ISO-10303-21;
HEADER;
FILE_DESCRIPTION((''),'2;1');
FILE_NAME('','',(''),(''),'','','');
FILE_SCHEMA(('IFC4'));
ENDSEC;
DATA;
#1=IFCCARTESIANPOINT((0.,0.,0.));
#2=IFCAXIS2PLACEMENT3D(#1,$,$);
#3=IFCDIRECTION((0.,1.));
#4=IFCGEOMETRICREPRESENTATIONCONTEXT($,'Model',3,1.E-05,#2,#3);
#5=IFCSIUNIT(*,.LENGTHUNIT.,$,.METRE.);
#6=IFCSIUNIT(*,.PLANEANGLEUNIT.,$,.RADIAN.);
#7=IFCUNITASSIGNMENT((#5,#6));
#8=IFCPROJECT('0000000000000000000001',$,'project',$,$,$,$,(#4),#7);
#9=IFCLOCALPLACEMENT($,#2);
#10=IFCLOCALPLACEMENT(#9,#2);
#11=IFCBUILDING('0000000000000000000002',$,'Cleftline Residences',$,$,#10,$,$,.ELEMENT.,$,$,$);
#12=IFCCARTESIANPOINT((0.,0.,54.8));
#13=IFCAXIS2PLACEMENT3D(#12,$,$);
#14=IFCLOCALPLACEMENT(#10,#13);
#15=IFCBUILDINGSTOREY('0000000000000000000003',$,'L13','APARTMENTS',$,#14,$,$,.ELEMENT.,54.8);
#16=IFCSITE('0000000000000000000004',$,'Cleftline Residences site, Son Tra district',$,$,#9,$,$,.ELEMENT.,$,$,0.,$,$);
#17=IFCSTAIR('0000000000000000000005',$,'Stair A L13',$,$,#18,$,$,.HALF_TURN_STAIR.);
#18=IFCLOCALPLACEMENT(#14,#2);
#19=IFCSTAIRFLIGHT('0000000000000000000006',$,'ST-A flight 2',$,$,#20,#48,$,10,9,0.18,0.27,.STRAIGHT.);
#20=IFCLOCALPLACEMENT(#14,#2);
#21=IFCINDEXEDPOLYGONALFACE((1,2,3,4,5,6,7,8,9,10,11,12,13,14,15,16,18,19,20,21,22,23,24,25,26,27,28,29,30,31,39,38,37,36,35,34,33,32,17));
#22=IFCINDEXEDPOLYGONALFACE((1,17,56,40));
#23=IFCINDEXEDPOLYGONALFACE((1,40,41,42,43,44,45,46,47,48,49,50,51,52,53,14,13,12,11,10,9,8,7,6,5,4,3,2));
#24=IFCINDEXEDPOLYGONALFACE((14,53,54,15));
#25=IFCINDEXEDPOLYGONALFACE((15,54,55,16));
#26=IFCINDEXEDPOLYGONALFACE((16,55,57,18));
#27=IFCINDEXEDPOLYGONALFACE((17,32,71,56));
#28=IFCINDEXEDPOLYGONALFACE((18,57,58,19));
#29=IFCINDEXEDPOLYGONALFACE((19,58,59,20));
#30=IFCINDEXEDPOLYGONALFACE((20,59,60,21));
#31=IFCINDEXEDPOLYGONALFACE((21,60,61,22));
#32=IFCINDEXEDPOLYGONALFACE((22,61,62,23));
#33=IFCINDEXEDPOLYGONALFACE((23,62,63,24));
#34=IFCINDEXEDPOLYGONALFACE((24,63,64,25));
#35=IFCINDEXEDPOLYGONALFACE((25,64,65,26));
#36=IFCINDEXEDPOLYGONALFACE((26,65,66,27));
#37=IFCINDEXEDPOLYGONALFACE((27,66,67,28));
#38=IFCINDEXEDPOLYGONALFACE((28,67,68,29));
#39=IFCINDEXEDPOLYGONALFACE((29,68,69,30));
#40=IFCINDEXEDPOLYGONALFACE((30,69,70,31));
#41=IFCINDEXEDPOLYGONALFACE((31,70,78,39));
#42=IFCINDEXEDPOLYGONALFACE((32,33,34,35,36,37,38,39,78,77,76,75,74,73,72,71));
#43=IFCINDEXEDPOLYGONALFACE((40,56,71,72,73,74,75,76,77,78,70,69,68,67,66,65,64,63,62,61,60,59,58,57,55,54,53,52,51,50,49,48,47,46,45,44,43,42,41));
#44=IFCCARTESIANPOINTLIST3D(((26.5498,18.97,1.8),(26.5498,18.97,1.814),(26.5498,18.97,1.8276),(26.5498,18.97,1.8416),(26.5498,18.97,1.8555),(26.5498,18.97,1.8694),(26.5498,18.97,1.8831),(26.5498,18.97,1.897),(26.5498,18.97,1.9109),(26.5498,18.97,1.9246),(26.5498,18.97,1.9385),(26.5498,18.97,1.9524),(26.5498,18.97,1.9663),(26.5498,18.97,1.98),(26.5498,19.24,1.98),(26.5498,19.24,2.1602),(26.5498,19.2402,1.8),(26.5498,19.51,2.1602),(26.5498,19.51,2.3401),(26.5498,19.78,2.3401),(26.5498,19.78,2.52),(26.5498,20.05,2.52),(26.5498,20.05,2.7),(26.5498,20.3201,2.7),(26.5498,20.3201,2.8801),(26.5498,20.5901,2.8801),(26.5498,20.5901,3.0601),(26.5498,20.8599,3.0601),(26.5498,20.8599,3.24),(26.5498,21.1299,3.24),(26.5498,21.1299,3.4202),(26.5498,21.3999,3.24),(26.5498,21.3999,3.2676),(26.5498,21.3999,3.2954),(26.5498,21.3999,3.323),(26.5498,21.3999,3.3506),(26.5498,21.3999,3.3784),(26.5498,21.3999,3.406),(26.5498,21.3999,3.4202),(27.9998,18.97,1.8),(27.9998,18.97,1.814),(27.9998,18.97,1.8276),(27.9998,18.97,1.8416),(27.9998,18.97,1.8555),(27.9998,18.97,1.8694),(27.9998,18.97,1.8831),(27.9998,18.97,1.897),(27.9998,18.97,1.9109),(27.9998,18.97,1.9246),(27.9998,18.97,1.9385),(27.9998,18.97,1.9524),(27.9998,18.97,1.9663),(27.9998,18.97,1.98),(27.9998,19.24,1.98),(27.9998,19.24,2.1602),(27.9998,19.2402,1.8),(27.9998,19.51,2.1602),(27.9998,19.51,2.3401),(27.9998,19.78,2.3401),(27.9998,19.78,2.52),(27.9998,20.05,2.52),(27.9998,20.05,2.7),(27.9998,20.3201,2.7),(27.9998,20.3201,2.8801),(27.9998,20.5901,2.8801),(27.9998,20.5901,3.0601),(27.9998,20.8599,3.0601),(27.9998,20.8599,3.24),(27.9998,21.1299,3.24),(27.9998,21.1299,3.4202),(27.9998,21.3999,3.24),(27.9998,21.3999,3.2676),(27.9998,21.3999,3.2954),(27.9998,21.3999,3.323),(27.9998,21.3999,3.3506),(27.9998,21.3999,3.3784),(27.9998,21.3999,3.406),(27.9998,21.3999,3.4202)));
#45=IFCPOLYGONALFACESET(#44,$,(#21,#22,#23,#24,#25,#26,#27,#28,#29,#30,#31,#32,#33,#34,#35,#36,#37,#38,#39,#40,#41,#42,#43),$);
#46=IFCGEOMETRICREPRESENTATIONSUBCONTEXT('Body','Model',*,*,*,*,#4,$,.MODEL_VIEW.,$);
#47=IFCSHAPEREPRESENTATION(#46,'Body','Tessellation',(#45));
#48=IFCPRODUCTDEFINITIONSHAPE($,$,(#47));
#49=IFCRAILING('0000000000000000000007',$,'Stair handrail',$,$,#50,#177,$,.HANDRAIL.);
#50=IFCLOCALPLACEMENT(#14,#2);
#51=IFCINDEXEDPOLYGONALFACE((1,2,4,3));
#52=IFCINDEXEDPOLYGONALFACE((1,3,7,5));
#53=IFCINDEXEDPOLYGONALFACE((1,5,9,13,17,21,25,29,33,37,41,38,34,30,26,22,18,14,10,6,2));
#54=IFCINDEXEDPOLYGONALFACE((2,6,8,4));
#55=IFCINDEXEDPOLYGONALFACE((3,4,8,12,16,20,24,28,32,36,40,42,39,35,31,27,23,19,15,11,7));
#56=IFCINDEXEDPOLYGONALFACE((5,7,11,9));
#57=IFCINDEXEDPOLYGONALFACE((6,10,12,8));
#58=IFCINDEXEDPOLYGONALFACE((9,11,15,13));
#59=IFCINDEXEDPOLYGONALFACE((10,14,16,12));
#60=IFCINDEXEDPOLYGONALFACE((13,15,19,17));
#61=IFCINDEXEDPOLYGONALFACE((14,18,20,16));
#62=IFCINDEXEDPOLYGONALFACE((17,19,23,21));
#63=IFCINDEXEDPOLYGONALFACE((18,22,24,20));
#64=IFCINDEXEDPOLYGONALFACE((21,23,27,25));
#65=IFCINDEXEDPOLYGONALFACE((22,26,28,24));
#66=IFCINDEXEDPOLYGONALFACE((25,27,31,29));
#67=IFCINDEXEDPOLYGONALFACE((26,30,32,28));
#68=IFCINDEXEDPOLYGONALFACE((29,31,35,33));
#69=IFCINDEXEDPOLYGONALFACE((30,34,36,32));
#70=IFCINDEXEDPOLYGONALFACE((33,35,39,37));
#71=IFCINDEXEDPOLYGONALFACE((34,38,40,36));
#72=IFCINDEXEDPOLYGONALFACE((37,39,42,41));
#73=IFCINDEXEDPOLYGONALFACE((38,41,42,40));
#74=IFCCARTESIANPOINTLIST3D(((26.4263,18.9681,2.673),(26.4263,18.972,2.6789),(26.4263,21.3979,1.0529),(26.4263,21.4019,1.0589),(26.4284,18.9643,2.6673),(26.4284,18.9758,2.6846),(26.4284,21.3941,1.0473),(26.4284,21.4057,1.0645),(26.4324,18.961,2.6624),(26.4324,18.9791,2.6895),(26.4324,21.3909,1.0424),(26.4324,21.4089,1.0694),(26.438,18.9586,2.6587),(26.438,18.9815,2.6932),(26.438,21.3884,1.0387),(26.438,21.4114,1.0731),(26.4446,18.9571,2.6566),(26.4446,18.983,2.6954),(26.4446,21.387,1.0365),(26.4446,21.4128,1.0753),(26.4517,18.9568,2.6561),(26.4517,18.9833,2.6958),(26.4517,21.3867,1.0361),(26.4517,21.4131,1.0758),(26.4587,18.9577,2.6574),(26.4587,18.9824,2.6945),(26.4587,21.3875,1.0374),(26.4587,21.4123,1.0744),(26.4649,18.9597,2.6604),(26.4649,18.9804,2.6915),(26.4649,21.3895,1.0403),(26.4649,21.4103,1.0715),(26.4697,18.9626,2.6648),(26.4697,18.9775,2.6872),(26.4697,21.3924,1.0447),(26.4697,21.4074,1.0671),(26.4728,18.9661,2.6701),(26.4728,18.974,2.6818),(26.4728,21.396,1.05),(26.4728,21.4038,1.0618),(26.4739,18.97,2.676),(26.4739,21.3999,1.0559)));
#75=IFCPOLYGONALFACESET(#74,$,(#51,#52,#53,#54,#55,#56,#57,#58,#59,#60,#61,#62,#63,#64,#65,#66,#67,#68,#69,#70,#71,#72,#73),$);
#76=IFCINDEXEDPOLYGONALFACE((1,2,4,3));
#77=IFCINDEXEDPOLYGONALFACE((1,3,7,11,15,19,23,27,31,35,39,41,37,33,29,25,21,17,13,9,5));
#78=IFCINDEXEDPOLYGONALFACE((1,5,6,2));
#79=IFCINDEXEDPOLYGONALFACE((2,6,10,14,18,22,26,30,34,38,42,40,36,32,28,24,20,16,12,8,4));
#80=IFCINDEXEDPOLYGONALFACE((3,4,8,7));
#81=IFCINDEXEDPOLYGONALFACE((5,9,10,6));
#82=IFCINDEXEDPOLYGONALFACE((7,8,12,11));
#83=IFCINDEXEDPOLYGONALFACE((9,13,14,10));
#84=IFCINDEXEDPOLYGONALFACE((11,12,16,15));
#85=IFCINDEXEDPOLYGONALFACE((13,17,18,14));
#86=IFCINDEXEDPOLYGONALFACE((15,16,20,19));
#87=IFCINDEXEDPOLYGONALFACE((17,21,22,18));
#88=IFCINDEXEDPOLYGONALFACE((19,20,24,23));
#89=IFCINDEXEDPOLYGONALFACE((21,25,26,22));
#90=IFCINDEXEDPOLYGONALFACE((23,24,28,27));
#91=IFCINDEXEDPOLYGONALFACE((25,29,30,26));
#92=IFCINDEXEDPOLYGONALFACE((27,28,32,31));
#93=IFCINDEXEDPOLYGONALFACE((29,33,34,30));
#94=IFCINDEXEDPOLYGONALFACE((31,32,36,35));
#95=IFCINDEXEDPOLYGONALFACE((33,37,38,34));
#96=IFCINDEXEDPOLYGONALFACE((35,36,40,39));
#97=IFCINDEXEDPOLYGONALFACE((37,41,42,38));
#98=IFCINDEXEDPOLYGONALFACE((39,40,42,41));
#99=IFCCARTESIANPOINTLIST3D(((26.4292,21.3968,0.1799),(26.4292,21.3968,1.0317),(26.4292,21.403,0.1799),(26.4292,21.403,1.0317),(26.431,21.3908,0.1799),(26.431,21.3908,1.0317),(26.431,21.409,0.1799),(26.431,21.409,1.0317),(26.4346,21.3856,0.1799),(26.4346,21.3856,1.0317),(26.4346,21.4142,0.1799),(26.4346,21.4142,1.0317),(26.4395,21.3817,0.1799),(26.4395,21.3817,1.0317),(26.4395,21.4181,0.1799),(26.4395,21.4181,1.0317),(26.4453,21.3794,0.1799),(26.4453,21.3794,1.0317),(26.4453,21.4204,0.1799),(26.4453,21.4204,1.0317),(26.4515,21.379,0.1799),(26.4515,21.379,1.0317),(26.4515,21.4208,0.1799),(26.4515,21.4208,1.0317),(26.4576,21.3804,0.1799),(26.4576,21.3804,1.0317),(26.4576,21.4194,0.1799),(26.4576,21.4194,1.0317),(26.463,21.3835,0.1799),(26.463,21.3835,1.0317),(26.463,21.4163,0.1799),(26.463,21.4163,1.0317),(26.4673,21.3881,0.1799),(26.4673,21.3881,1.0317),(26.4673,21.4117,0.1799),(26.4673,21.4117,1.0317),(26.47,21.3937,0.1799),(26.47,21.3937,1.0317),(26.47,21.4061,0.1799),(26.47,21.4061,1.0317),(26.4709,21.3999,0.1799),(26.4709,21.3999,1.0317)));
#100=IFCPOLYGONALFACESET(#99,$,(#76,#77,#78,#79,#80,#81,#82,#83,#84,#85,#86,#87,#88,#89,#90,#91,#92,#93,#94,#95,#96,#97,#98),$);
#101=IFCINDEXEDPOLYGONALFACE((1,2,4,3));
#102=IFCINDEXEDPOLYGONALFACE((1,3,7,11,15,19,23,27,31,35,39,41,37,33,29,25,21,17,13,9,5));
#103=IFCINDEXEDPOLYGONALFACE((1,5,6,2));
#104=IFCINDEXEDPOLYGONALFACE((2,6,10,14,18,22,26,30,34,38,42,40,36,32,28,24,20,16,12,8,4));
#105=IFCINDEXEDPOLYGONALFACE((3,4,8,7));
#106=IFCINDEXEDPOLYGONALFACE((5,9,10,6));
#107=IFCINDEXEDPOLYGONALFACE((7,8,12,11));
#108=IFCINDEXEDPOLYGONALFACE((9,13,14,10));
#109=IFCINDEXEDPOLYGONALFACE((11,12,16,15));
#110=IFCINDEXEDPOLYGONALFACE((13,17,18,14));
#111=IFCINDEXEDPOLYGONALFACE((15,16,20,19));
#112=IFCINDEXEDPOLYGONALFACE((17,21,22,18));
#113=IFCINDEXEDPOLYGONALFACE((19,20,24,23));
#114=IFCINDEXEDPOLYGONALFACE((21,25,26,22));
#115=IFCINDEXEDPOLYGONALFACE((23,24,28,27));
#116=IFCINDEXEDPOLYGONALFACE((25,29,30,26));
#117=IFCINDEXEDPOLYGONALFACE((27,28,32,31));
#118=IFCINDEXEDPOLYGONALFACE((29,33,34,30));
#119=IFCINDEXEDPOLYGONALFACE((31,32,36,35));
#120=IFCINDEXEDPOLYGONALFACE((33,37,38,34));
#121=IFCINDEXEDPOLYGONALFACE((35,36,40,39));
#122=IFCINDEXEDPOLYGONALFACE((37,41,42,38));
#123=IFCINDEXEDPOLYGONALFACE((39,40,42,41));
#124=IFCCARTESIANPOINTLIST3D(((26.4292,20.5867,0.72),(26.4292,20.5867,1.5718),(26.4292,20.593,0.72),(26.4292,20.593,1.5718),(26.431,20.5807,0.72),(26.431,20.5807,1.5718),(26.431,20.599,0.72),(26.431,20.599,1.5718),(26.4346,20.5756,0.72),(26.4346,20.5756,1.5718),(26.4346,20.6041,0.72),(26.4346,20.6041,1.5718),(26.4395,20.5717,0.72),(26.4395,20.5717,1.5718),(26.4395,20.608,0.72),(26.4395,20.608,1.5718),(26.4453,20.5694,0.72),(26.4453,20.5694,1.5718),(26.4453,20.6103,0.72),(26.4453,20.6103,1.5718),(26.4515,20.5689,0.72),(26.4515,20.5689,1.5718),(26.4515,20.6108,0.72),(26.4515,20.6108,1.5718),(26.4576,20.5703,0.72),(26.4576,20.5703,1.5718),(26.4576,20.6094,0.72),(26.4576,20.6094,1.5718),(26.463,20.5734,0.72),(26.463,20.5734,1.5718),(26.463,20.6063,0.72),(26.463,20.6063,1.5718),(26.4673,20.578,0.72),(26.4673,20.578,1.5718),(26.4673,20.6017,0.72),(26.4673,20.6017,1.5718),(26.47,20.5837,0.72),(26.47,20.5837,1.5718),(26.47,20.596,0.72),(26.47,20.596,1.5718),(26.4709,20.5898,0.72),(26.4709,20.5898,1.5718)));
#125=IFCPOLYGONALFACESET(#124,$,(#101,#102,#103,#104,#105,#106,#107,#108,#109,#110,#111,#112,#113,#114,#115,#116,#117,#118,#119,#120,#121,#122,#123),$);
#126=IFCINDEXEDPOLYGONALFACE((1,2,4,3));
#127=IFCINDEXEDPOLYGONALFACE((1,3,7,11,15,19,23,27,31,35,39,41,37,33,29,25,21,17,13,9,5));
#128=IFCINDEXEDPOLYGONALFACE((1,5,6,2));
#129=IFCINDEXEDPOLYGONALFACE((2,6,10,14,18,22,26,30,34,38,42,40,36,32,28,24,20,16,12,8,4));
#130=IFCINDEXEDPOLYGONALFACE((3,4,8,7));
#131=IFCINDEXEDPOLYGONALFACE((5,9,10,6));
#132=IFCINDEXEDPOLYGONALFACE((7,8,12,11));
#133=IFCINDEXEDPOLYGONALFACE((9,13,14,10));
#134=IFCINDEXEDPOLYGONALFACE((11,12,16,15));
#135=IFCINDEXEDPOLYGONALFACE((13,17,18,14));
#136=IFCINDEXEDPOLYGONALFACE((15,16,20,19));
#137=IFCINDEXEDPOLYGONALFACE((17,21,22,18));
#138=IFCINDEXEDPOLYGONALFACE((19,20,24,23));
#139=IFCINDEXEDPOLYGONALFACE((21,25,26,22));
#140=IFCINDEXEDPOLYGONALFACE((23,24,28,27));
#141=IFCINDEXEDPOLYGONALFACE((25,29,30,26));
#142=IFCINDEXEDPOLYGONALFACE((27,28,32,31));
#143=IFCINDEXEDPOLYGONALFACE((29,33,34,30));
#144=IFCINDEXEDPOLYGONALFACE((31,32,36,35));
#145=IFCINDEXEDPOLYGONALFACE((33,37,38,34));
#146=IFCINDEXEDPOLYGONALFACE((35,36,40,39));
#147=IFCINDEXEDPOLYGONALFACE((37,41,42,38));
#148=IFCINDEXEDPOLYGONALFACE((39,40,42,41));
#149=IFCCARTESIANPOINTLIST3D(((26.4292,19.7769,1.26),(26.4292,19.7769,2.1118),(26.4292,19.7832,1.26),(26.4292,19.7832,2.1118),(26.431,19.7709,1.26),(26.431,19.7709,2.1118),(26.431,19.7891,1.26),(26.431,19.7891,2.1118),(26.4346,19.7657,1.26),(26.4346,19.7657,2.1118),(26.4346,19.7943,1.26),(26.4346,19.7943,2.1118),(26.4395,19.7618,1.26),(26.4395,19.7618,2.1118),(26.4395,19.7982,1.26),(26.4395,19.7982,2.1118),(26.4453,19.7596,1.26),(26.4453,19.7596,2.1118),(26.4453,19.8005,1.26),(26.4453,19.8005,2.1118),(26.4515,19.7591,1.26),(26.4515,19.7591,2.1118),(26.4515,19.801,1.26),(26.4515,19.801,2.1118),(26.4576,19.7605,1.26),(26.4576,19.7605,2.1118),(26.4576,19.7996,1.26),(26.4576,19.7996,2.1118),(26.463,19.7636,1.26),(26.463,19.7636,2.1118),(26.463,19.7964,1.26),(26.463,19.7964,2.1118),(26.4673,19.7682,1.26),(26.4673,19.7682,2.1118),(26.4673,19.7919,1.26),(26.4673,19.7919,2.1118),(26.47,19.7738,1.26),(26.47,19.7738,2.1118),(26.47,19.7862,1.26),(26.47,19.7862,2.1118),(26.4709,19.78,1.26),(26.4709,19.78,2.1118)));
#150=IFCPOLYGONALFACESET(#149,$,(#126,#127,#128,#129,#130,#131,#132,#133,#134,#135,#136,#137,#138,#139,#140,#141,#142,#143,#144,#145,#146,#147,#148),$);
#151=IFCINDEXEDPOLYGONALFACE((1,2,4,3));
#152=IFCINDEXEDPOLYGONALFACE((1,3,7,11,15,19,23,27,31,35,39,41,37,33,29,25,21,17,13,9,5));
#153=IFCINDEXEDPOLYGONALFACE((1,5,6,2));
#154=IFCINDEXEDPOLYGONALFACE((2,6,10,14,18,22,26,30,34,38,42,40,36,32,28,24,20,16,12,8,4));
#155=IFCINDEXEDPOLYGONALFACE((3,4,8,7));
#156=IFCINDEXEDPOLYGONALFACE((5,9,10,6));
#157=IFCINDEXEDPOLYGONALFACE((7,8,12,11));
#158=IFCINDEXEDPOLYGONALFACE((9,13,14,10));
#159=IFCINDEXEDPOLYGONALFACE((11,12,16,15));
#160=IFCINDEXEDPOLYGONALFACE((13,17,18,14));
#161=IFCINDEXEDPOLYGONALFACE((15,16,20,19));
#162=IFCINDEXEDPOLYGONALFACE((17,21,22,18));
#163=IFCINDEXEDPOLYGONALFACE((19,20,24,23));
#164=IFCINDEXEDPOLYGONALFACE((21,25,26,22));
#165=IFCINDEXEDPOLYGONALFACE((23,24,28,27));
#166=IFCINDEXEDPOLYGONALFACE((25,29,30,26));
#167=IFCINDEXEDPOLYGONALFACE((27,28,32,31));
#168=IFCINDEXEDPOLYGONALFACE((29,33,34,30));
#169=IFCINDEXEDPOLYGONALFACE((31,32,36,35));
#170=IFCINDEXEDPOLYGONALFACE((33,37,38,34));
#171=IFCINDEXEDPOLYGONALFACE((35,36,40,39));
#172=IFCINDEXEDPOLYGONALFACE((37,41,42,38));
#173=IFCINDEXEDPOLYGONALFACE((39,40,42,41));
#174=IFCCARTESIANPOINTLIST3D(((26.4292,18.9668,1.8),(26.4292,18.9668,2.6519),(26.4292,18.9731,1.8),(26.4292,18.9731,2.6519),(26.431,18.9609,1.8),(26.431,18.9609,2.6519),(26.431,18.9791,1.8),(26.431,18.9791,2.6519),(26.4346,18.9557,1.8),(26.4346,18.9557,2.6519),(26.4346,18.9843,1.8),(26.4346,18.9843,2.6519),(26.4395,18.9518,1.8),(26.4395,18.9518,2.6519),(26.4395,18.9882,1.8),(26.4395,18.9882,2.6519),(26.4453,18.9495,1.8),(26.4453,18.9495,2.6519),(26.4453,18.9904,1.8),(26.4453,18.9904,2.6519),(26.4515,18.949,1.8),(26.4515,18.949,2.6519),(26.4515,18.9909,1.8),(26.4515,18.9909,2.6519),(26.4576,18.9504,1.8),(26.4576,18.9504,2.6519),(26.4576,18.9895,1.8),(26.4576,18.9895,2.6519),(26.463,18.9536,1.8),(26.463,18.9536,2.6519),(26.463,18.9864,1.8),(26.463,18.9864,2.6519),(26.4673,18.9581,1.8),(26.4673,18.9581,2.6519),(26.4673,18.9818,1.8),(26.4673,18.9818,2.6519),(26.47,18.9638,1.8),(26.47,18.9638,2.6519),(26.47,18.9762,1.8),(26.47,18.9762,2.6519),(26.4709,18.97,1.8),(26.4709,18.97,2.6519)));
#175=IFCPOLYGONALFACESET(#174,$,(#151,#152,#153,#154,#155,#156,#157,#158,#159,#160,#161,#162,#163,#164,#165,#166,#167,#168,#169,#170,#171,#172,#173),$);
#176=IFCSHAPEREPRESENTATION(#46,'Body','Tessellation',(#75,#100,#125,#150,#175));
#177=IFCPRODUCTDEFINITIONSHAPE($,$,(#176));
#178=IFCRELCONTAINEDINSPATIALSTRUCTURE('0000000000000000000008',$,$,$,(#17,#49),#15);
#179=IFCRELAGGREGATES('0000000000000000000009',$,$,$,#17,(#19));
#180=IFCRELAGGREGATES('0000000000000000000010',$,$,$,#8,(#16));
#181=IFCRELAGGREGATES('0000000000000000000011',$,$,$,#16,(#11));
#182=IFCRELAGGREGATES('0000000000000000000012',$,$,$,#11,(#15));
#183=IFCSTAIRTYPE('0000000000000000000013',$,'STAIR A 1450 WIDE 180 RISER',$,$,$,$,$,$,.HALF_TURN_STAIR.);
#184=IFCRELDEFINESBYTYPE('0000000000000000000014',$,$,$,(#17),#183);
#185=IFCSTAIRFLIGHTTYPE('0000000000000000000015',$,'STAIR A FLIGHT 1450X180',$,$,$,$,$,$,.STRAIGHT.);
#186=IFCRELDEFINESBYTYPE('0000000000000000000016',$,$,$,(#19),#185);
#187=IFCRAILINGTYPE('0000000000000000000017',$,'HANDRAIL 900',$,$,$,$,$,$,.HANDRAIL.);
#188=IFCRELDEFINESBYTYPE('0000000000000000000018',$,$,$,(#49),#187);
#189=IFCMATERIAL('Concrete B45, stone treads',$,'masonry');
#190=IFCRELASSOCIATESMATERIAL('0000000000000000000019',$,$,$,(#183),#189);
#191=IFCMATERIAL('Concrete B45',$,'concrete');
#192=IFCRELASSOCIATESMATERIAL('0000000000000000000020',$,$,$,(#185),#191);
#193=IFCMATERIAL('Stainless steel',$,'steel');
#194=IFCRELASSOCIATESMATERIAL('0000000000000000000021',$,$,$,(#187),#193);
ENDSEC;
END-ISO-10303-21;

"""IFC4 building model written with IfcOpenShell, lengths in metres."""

from ifc_helpers import new_model, si_unit, direction, frame, origin, origin_2d, place, context, subcontext, project, spatial, polyline, circle, outline, extrude, material, type_object, element, aggregate, save


model = new_model("IFC4")

# Units and contexts
model_context = context("Model", 3, precision=1e-05, world=origin(), true_north=direction((0.0, 1.0)))
body_context = subcontext(model_context, "Body", "Model", "MODEL_VIEW")
ifc_project = project(units=[si_unit("LENGTHUNIT", "METRE"), si_unit("PLANEANGLEUNIT", "RADIAN")], contexts=[model_context])

# Site, building, storey
site_placement = place(None, origin())
site = spatial("IfcSite", under=ifc_project, at=site_placement, Name="Cleftline Residences site, Son Tra district", CompositionType="ELEMENT", RefElevation=0.0)
building_placement = place(site_placement, origin())
building = spatial("IfcBuilding", under=site, at=building_placement, Name="Cleftline Residences", CompositionType="ELEMENT")
storey_placement = place(building_placement, frame((0.0, 0.0, 54.8)))
storey = spatial("IfcBuildingStorey", under=building, at=storey_placement, Name="L13", Description="APARTMENTS", CompositionType="ELEMENT", Elevation=54.8)

# Stair, stair flight
ifc_material_1 = material(Name="Concrete B45, stone treads", Category="masonry")
stair_type = type_object("IfcStairType", Name="STAIR A 1450 WIDE 180 RISER", PredefinedType="HALF_TURN_STAIR", material=ifc_material_1)
stair_placement = place(storey_placement, origin())
stair = element("IfcStair", 1, at=stair_placement, inside=storey, type_object=stair_type, Name="Stair A L13", PredefinedType="HALF_TURN_STAIR")
ifc_material_2 = material(Name="Concrete B45", Category="concrete")
stair_flight_type = type_object("IfcStairFlightType", Name="STAIR A FLIGHT 1450X180", PredefinedType="STRAIGHT", material=ifc_material_2)
stair_flight_1_placement = place(storey_placement, frame((27.2749, 18.97, 1.8), z_axis=(0.0, 0.0, 1.0), x_axis=(0.0, 1.0, 0.0)))
stair_flight_1 = element("IfcStairFlight", 2, at=stair_flight_1_placement, type_object=stair_flight_type, Name="ST-A flight 2", NumberOfRisers=10, NumberOfTreads=9, PredefinedType="STRAIGHT", RiserHeight=0.18, TreadLength=0.27, context=body_context, shape_type="SweptSolid", body=[
    extrude(outline(polyline([(0.0, 0.0), (0.0, 0.0139), (0.0, 0.0276), (0.0, 0.0415), (0.0, 0.0554), (0.0, 0.0693), (0.0, 0.083), (0.0, 0.0969), (0.0, 0.1108), (0.0, 0.1245), (0.0, 0.1384), (0.0, 0.1523), (0.0, 0.1663), (0.0, 0.1799), (0.27, 0.1799), (0.27, 0.3601), (0.54, 0.3601), (0.54, 0.54), (0.8101, 0.54), (0.8101, 0.72), (1.0801, 0.72), (1.0801, 0.8999), (1.3501, 0.8999), (1.3501, 1.0801), (1.6201, 1.0801), (1.6201, 1.26), (1.8899, 1.26), (1.8899, 1.4399), (2.1599, 1.4399), (2.1599, 1.6201), (2.4299, 1.6201), (2.4299, 1.8), (2.4299, 1.7722), (2.4299, 1.7446), (2.4299, 1.7168), (2.4299, 1.6892), (2.4299, 1.6614), (2.4299, 1.6338), (2.4299, 1.606), (2.4299, 1.5784), (2.4299, 1.5505), (2.4299, 1.5229), (2.4299, 1.4954), (2.4299, 1.4675), (2.4299, 1.4399), (0.2703, 0.0), (0.0, 0.0)])), frame((0.0, 0.7251, 0.0), z_axis=(0.0, -1.0, 0.0), x_axis=(1.0, 0.0, 0.0)), (0.0, 0.0, 1.0), 1.45),
])
aggregate(stair, [stair_flight_1])

# Railing
ifc_material_3 = material(Name="Stainless steel", Category="steel")
railing_type = type_object("IfcRailingType", Name="HANDRAIL 900", PredefinedType="HANDRAIL", material=ifc_material_3)
railing_1_placement = place(storey_placement, frame((26.45, 21.3999, 0.1799)))
element("IfcRailing", 3, at=railing_1_placement, inside=storey, type_object=railing_type, Name="Stair handrail", PredefinedType="HANDRAIL", context=body_context, shape_type="SweptSolid", body=[
    extrude(circle(Radius=0.0239, at=origin_2d()), frame((0.0, 0.0, 0.876), z_axis=(0.0, -0.832025, 0.554739), x_axis=(1.0, 0.0, 0.0)), (0.0, 0.0, 1.0), 2.9204),
    extrude(circle(Radius=0.021, at=origin_2d()), origin(), (0.0, 0.0, 1.0), 0.8518),
    extrude(circle(Radius=0.021, at=origin_2d()), frame((0.0, -0.8101, 0.54)), (0.0, 0.0, 1.0), 0.8518),
    extrude(circle(Radius=0.021, at=origin_2d()), frame((0.0, -1.6199, 1.0801)), (0.0, 0.0, 1.0), 0.8518),
    extrude(circle(Radius=0.021, at=origin_2d()), frame((0.0, -2.4299, 1.6201)), (0.0, 0.0, 1.0), 0.8518),
])

save(model, "model.ifc")
